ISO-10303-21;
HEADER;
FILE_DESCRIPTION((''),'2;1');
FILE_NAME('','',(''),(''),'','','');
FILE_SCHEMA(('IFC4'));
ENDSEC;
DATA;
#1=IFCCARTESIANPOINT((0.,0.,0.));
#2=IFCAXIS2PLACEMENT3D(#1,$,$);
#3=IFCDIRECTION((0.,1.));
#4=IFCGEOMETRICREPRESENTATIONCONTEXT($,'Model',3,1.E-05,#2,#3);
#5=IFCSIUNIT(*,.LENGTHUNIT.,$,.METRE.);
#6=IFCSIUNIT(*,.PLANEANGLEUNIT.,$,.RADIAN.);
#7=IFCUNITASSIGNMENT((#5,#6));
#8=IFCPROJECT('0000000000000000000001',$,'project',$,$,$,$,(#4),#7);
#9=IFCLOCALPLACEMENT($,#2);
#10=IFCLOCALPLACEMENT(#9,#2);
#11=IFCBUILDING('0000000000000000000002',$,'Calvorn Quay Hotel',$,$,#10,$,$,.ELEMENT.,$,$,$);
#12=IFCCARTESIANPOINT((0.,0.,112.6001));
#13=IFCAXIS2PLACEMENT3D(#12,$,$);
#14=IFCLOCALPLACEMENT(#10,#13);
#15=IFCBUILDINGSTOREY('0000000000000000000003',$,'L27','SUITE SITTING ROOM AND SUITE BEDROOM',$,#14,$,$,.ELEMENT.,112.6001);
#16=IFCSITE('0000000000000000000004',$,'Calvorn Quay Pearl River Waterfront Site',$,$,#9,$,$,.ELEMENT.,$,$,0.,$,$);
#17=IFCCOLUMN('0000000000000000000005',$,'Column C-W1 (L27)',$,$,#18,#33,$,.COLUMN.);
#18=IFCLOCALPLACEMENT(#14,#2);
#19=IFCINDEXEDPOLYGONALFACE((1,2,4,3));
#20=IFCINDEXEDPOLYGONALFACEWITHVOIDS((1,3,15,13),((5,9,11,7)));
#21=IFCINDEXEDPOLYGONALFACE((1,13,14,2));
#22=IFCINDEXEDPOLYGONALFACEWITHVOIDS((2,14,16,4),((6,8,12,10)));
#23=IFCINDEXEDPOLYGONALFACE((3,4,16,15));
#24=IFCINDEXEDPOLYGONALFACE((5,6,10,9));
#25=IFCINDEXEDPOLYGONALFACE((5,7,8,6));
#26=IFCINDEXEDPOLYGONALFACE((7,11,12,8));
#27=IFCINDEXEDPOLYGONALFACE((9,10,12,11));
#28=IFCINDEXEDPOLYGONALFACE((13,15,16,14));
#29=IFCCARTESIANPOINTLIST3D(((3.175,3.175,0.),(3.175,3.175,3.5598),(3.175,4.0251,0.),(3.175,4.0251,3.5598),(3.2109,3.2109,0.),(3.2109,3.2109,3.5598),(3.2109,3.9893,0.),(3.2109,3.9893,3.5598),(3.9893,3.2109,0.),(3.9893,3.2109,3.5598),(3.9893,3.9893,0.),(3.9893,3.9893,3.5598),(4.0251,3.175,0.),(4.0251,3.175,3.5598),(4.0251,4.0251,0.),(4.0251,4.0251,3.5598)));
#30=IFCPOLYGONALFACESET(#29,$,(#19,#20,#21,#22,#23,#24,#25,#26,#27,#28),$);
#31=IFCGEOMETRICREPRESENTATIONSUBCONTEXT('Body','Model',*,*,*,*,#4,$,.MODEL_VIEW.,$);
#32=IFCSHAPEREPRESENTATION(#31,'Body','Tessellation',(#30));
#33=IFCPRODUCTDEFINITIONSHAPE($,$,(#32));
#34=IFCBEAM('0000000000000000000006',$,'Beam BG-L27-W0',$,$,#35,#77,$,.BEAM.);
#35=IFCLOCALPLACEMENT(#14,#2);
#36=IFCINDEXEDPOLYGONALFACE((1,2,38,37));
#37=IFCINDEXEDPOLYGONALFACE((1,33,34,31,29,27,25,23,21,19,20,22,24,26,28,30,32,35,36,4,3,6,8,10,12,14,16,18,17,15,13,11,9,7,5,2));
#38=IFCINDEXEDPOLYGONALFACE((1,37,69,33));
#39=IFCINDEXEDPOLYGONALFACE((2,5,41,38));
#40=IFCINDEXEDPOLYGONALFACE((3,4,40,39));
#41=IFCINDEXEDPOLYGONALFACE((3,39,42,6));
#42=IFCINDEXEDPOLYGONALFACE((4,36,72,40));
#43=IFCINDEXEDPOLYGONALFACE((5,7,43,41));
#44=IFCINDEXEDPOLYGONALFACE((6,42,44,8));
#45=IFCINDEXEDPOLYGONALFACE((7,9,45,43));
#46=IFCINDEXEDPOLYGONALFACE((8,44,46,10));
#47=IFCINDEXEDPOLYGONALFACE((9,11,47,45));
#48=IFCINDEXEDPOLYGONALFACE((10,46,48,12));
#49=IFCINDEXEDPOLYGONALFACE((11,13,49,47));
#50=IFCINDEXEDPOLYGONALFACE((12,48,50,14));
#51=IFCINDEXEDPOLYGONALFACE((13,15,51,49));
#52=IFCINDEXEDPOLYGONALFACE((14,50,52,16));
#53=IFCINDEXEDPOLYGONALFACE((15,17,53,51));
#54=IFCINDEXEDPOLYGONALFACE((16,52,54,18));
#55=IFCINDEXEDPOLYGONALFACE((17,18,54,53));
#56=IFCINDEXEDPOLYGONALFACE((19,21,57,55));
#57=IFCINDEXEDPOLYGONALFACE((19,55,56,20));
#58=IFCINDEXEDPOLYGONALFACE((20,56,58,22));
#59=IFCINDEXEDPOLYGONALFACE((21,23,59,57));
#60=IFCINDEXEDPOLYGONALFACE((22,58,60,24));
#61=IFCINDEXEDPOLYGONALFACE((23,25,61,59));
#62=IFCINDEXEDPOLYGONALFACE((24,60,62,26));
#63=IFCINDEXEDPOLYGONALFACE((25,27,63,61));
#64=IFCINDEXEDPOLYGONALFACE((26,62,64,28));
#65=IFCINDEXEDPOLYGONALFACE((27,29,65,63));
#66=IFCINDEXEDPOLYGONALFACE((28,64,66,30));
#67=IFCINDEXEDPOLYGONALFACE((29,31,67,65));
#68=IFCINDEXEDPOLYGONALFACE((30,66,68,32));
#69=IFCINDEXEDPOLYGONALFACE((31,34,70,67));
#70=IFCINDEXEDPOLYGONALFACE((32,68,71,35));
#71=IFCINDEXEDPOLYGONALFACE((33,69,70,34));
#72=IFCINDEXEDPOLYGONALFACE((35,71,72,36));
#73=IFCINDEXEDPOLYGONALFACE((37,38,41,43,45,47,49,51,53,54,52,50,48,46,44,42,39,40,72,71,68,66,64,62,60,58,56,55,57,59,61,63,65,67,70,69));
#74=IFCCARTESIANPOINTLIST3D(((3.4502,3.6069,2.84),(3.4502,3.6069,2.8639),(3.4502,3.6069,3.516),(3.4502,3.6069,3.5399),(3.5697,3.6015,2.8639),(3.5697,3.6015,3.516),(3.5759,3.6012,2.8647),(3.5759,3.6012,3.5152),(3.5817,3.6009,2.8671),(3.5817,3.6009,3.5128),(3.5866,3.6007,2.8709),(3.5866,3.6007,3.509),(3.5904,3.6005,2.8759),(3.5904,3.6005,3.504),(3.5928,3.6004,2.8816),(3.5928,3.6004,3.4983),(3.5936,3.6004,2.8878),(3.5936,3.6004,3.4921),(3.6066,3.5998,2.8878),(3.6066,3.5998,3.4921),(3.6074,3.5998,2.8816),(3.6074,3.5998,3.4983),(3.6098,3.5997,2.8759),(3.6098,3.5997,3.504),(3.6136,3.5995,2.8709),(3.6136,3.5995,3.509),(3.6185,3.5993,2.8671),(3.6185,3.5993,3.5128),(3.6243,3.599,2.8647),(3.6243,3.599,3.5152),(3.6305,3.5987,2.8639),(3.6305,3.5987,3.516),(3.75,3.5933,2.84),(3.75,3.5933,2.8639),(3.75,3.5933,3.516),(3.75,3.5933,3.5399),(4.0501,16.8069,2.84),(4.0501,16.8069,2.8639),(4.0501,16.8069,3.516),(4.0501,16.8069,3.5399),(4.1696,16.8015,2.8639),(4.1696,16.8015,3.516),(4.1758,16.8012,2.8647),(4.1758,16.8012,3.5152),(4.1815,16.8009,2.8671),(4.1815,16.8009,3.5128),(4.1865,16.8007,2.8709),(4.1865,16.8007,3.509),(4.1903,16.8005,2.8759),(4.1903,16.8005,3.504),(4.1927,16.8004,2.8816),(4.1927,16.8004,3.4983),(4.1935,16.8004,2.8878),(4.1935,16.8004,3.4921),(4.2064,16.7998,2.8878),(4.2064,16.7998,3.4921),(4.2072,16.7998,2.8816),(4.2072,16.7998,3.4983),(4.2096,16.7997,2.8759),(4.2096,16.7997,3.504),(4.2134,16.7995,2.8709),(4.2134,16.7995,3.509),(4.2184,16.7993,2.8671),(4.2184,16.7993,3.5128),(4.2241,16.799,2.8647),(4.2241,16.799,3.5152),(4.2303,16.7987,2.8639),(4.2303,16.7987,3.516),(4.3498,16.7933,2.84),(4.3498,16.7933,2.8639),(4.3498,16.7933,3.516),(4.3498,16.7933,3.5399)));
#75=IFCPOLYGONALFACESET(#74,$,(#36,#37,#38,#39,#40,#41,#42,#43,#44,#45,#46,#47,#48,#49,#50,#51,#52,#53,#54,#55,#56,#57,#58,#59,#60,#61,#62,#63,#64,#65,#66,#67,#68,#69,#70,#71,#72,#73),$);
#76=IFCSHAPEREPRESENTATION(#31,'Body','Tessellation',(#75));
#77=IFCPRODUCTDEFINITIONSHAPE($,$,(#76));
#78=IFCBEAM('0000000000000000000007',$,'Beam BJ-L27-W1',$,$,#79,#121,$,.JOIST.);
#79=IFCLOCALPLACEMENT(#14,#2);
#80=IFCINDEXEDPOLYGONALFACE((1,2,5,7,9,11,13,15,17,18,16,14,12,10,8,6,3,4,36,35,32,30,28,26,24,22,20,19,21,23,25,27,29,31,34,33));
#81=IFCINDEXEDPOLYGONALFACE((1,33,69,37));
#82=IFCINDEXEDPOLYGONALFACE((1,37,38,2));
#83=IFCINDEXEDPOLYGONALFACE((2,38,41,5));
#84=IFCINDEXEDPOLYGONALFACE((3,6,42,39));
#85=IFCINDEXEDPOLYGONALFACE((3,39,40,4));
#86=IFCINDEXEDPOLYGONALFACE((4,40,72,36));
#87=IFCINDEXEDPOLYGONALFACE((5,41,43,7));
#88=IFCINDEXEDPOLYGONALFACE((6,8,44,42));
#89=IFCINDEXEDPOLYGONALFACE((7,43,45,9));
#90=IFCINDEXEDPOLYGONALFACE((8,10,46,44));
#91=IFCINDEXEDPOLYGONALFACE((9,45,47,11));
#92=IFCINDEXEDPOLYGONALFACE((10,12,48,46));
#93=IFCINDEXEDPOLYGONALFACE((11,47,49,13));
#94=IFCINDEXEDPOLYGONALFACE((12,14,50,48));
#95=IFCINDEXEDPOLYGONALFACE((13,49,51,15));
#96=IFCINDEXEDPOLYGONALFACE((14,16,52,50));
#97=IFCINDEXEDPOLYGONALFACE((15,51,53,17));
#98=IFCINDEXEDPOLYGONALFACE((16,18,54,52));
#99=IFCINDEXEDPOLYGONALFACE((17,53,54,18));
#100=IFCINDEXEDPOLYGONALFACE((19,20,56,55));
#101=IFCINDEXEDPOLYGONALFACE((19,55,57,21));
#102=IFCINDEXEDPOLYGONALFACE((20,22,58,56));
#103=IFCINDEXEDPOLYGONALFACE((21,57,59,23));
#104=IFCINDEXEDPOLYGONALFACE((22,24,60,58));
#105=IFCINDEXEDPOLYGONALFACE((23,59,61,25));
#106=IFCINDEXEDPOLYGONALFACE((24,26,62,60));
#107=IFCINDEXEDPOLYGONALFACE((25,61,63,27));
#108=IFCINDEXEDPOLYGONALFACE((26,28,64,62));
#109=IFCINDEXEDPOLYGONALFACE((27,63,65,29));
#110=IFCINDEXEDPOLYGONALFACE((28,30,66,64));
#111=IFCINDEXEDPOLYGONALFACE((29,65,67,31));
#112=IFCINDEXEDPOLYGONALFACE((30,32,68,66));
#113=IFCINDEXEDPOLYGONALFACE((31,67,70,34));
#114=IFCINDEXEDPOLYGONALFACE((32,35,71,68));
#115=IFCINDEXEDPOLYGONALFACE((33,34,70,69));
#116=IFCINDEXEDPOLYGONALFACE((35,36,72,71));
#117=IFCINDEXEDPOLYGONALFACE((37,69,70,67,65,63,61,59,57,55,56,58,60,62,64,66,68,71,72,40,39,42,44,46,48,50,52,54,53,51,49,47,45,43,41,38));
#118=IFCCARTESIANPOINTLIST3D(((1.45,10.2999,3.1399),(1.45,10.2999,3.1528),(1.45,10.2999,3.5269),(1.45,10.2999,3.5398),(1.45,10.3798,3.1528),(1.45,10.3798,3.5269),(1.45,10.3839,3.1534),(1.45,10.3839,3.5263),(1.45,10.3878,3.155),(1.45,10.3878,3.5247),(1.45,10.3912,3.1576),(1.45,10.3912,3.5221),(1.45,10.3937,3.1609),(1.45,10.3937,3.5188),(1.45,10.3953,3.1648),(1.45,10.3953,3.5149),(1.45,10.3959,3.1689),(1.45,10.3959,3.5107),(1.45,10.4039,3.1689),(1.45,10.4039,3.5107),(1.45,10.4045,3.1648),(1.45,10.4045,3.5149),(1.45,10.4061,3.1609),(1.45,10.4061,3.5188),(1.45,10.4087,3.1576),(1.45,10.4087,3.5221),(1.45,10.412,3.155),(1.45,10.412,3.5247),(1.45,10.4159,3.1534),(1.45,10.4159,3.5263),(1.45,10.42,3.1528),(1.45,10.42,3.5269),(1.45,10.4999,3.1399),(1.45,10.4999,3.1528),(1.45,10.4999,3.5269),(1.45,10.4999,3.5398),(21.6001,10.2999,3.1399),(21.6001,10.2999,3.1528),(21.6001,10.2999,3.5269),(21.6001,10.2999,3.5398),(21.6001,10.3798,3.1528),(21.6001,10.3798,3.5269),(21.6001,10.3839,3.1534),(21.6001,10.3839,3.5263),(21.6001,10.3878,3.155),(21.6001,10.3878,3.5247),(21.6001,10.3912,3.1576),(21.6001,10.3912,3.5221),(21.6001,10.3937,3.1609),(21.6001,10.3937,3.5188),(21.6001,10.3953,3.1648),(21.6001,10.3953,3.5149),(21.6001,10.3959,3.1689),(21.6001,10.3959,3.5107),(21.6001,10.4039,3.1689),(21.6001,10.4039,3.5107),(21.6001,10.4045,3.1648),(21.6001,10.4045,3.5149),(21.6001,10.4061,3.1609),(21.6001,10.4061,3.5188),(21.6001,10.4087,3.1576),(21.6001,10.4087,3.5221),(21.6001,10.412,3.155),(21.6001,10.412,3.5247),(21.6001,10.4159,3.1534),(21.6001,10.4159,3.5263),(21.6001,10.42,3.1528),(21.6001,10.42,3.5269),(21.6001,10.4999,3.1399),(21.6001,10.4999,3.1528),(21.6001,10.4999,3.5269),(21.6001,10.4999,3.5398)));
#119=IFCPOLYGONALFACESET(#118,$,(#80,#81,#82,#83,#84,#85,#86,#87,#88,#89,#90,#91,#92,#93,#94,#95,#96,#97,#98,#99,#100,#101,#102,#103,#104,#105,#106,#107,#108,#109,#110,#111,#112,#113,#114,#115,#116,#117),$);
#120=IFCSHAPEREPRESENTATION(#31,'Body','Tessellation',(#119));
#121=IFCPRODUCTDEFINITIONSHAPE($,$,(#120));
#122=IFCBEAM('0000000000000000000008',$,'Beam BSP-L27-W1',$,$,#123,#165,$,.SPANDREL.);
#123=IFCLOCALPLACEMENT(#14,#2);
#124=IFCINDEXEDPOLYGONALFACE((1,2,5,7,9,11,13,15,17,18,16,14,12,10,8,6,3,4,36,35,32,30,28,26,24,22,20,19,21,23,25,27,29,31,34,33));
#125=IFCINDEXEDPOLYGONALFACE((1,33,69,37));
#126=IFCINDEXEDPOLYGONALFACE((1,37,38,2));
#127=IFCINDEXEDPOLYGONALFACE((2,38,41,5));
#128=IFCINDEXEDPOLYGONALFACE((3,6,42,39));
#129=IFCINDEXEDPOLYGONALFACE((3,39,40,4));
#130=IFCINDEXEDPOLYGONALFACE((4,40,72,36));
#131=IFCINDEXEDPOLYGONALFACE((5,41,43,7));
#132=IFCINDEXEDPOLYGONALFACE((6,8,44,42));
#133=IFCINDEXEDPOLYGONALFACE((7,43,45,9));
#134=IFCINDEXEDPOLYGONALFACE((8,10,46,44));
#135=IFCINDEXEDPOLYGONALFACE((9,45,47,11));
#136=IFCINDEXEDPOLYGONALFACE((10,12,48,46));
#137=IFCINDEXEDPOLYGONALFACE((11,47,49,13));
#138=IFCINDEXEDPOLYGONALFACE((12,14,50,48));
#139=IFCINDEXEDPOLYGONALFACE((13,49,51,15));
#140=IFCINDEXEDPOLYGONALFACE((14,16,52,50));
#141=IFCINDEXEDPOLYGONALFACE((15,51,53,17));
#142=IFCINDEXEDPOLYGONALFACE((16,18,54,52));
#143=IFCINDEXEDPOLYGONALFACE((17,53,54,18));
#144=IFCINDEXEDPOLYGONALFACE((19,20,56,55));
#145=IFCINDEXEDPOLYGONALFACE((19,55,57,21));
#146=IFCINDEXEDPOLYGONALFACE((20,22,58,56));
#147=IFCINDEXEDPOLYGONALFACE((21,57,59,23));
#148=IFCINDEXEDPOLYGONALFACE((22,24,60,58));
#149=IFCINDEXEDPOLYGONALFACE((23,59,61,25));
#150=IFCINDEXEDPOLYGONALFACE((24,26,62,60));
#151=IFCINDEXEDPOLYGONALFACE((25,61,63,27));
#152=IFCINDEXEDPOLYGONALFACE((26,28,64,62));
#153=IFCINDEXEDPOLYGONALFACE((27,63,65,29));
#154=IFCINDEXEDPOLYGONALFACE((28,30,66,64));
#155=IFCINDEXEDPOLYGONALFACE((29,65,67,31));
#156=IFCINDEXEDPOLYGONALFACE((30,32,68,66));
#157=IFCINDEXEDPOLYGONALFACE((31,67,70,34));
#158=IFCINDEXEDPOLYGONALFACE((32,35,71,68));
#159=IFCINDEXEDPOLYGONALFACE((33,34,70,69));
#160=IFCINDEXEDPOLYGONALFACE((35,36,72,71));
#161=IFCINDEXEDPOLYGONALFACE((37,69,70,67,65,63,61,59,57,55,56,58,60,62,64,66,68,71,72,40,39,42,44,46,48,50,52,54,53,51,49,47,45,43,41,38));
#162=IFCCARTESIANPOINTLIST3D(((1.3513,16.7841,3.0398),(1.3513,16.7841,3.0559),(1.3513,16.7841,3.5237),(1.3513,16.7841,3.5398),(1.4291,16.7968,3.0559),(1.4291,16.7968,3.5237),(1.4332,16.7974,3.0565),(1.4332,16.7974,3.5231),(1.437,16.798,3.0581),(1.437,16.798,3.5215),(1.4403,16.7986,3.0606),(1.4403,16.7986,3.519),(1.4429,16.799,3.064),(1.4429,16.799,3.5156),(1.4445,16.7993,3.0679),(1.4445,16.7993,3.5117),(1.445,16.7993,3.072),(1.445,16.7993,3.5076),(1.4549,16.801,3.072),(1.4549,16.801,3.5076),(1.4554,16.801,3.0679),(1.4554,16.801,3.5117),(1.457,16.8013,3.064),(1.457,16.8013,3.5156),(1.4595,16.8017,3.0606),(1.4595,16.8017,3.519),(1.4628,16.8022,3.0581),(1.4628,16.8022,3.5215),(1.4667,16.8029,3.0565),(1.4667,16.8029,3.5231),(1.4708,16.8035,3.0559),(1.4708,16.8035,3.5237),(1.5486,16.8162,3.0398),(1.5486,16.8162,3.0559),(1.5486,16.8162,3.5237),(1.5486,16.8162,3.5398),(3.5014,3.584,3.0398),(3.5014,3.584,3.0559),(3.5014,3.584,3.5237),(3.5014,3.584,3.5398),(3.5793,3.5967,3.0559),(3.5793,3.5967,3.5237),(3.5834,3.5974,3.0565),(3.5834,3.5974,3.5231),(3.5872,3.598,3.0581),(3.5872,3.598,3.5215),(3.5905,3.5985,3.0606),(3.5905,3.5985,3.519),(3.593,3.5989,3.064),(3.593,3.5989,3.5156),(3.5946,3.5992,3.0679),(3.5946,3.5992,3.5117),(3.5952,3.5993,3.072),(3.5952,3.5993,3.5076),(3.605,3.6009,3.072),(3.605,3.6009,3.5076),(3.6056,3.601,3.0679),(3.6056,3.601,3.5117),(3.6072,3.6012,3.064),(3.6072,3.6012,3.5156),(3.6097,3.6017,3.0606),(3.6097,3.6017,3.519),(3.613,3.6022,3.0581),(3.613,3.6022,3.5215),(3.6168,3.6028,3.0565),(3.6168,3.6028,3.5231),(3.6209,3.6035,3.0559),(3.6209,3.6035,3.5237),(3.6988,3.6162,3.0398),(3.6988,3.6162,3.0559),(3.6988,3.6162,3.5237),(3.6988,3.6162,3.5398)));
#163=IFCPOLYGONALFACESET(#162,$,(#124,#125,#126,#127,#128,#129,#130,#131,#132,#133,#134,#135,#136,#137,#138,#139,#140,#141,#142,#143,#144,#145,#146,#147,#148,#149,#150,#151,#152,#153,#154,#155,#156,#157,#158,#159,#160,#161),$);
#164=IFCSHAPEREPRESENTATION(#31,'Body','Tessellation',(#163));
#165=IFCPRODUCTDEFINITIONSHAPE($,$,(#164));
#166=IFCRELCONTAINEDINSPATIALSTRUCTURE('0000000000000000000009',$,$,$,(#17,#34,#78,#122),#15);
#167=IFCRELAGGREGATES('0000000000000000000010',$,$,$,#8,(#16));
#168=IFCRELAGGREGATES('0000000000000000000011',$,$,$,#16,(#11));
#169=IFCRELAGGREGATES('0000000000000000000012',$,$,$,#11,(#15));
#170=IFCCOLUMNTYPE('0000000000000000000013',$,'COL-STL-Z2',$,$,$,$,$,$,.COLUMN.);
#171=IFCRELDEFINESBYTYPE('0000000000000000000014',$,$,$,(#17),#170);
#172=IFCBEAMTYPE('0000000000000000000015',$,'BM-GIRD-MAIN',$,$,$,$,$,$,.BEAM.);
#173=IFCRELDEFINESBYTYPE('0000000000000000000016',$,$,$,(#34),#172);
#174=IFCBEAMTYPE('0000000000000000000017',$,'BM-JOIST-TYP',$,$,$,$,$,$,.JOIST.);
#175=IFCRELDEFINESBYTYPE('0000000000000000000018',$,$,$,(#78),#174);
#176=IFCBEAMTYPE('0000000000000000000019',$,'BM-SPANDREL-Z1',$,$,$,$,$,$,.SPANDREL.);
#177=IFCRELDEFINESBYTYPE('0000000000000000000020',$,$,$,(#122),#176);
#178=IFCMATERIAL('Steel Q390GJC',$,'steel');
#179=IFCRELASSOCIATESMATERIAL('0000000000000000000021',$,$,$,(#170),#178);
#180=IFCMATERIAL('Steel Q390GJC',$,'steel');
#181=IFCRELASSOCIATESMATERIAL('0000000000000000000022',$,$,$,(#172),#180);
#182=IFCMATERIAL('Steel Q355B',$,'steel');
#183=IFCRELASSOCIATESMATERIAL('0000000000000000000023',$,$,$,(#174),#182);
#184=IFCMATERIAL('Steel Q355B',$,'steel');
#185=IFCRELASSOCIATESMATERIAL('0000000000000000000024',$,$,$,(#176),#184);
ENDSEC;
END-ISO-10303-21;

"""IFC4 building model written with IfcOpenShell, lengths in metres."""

from ifc_helpers import new_model, si_unit, direction, frame, origin, origin_2d, place, context, subcontext, project, spatial, hollow_rectangle, i_section, extrude, material, material_profile, profile_set, type_object, element, save


model = new_model("IFC4")

# Units and contexts
model_context = context("Model", 3, precision=1e-05, world=origin(), true_north=direction((0.0, 1.0)))
body_context = subcontext(model_context, "Body", "Model", "MODEL_VIEW")
ifc_project = project(units=[si_unit("LENGTHUNIT", "METRE"), si_unit("PLANEANGLEUNIT", "RADIAN")], contexts=[model_context])

# Site, building, storey
site_placement = place(None, origin())
site = spatial("IfcSite", under=ifc_project, at=site_placement, Name="Calvorn Quay Pearl River Waterfront Site", CompositionType="ELEMENT", RefElevation=0.0)
building_placement = place(site_placement, origin())
building = spatial("IfcBuilding", under=site, at=building_placement, Name="Calvorn Quay Hotel", CompositionType="ELEMENT")
storey_placement = place(building_placement, frame((0.0, 0.0, 112.6001)))
storey = spatial("IfcBuildingStorey", under=building, at=storey_placement, Name="L27", Description="SUITE SITTING ROOM AND SUITE BEDROOM", CompositionType="ELEMENT", Elevation=112.6001)

# Column
ifc_material_1 = material(Name="Steel Q390GJC", Category="steel")
ifc_material_profile_1 = material_profile(ifc_material_1, hollow_rectangle(XDim=0.8501, YDim=0.8501, WallThickness=0.0359, at=origin_2d()), Name="BOX850x850x36")
ifc_profile_set_1 = profile_set([ifc_material_profile_1], Name="Steel Q390GJC")
column_type = type_object("IfcColumnType", Name="COL-STL-Z2", PredefinedType="COLUMN", material=ifc_profile_set_1)
column_placement = place(storey_placement, frame((3.6001, 3.6001, 0.0), z_axis=(0.0, 0.0, 1.0), x_axis=(1.0, 0.0, 0.0)))
element("IfcColumn", 1, at=column_placement, inside=storey, type_object=column_type, Name="Column C-W1 (L27)", PredefinedType="COLUMN", context=body_context, shape_type="SweptSolid", body=[
    extrude(hollow_rectangle(XDim=0.8501, YDim=0.8501, WallThickness=0.0359, at=origin_2d()), origin(), (0.0, 0.0, 1.0), 3.5598),
])

# Beams
ifc_material_2 = material(Name="Steel Q390GJC", Category="steel")
ifc_material_profile_2 = material_profile(ifc_material_2, i_section(OverallWidth=0.3, OverallDepth=0.7, WebThickness=0.0129, FlangeThickness=0.0239, FilletRadius=0.0239, at=origin_2d()), Name="HN700x300x13x24")
ifc_profile_set_2 = profile_set([ifc_material_profile_2], Name="Steel Q390GJC")
beam_type_1 = type_object("IfcBeamType", Name="BM-GIRD-MAIN", PredefinedType="BEAM", material=ifc_profile_set_2)
beam_1_placement = place(storey_placement, frame((3.6001, 3.6001, 3.1899), z_axis=(0.045397, 0.998969, 0.0), x_axis=(-0.998969, 0.045397, 0.0)))
element("IfcBeam", 2, at=beam_1_placement, inside=storey, type_object=beam_type_1, Name="Beam BG-L27-W0", PredefinedType="BEAM", context=body_context, shape_type="SweptSolid", body=[
    extrude(i_section(OverallWidth=0.3, OverallDepth=0.7, WebThickness=0.0129, FlangeThickness=0.0239, FilletRadius=0.0239, at=origin_2d()), origin(), (0.0, 0.0, 1.0), 13.2136),
])
ifc_material_3 = material(Name="Steel Q355B", Category="steel")
ifc_material_profile_3 = material_profile(ifc_material_3, i_section(OverallWidth=0.2, OverallDepth=0.3999, WebThickness=0.0081, FlangeThickness=0.0129, FilletRadius=0.0161, at=origin_2d()), Name="HN400x200x8x13")
ifc_profile_set_3 = profile_set([ifc_material_profile_3], Name="Steel Q355B")
beam_type_2 = type_object("IfcBeamType", Name="BM-JOIST-TYP", PredefinedType="JOIST", material=ifc_profile_set_3)
beam_2_placement = place(storey_placement, frame((1.45, 10.3999, 3.3398), z_axis=(1.0, 0.0, 0.0), x_axis=(0.0, 1.0, 0.0)))
element("IfcBeam", 3, at=beam_2_placement, inside=storey, type_object=beam_type_2, Name="Beam BJ-L27-W1", PredefinedType="JOIST", context=body_context, shape_type="SweptSolid", body=[
    extrude(i_section(OverallWidth=0.2, OverallDepth=0.3999, WebThickness=0.0081, FlangeThickness=0.0129, FilletRadius=0.0161, at=origin_2d()), origin(), (0.0, 0.0, 1.0), 20.1501),
])
ifc_material_4 = material(Name="Steel Q355B", Category="steel")
ifc_material_profile_4 = material_profile(ifc_material_4, i_section(OverallWidth=0.2, OverallDepth=0.5, WebThickness=0.01, FlangeThickness=0.0161, FilletRadius=0.0161, at=origin_2d()), Name="HN500x200x10x16")
ifc_profile_set_4 = profile_set([ifc_material_profile_4], Name="Steel Q355B")
beam_type_3 = type_object("IfcBeamType", Name="BM-SPANDREL-Z1", PredefinedType="SPANDREL", material=ifc_profile_set_4)
beam_3_placement = place(storey_placement, frame((3.6001, 3.6001, 3.2898), z_axis=(-0.160772, 0.986992, 0.0), x_axis=(-0.986992, -0.160772, 0.0)))
element("IfcBeam", 4, at=beam_3_placement, inside=storey, type_object=beam_type_3, Name="Beam BSP-L27-W1", PredefinedType="SPANDREL", context=body_context, shape_type="SweptSolid", body=[
    extrude(i_section(OverallWidth=0.2, OverallDepth=0.5, WebThickness=0.01, FlangeThickness=0.0161, FilletRadius=0.0161, at=origin_2d()), origin(), (0.0, 0.0, 1.0), 13.374),
])

save(model, "model.ifc")
